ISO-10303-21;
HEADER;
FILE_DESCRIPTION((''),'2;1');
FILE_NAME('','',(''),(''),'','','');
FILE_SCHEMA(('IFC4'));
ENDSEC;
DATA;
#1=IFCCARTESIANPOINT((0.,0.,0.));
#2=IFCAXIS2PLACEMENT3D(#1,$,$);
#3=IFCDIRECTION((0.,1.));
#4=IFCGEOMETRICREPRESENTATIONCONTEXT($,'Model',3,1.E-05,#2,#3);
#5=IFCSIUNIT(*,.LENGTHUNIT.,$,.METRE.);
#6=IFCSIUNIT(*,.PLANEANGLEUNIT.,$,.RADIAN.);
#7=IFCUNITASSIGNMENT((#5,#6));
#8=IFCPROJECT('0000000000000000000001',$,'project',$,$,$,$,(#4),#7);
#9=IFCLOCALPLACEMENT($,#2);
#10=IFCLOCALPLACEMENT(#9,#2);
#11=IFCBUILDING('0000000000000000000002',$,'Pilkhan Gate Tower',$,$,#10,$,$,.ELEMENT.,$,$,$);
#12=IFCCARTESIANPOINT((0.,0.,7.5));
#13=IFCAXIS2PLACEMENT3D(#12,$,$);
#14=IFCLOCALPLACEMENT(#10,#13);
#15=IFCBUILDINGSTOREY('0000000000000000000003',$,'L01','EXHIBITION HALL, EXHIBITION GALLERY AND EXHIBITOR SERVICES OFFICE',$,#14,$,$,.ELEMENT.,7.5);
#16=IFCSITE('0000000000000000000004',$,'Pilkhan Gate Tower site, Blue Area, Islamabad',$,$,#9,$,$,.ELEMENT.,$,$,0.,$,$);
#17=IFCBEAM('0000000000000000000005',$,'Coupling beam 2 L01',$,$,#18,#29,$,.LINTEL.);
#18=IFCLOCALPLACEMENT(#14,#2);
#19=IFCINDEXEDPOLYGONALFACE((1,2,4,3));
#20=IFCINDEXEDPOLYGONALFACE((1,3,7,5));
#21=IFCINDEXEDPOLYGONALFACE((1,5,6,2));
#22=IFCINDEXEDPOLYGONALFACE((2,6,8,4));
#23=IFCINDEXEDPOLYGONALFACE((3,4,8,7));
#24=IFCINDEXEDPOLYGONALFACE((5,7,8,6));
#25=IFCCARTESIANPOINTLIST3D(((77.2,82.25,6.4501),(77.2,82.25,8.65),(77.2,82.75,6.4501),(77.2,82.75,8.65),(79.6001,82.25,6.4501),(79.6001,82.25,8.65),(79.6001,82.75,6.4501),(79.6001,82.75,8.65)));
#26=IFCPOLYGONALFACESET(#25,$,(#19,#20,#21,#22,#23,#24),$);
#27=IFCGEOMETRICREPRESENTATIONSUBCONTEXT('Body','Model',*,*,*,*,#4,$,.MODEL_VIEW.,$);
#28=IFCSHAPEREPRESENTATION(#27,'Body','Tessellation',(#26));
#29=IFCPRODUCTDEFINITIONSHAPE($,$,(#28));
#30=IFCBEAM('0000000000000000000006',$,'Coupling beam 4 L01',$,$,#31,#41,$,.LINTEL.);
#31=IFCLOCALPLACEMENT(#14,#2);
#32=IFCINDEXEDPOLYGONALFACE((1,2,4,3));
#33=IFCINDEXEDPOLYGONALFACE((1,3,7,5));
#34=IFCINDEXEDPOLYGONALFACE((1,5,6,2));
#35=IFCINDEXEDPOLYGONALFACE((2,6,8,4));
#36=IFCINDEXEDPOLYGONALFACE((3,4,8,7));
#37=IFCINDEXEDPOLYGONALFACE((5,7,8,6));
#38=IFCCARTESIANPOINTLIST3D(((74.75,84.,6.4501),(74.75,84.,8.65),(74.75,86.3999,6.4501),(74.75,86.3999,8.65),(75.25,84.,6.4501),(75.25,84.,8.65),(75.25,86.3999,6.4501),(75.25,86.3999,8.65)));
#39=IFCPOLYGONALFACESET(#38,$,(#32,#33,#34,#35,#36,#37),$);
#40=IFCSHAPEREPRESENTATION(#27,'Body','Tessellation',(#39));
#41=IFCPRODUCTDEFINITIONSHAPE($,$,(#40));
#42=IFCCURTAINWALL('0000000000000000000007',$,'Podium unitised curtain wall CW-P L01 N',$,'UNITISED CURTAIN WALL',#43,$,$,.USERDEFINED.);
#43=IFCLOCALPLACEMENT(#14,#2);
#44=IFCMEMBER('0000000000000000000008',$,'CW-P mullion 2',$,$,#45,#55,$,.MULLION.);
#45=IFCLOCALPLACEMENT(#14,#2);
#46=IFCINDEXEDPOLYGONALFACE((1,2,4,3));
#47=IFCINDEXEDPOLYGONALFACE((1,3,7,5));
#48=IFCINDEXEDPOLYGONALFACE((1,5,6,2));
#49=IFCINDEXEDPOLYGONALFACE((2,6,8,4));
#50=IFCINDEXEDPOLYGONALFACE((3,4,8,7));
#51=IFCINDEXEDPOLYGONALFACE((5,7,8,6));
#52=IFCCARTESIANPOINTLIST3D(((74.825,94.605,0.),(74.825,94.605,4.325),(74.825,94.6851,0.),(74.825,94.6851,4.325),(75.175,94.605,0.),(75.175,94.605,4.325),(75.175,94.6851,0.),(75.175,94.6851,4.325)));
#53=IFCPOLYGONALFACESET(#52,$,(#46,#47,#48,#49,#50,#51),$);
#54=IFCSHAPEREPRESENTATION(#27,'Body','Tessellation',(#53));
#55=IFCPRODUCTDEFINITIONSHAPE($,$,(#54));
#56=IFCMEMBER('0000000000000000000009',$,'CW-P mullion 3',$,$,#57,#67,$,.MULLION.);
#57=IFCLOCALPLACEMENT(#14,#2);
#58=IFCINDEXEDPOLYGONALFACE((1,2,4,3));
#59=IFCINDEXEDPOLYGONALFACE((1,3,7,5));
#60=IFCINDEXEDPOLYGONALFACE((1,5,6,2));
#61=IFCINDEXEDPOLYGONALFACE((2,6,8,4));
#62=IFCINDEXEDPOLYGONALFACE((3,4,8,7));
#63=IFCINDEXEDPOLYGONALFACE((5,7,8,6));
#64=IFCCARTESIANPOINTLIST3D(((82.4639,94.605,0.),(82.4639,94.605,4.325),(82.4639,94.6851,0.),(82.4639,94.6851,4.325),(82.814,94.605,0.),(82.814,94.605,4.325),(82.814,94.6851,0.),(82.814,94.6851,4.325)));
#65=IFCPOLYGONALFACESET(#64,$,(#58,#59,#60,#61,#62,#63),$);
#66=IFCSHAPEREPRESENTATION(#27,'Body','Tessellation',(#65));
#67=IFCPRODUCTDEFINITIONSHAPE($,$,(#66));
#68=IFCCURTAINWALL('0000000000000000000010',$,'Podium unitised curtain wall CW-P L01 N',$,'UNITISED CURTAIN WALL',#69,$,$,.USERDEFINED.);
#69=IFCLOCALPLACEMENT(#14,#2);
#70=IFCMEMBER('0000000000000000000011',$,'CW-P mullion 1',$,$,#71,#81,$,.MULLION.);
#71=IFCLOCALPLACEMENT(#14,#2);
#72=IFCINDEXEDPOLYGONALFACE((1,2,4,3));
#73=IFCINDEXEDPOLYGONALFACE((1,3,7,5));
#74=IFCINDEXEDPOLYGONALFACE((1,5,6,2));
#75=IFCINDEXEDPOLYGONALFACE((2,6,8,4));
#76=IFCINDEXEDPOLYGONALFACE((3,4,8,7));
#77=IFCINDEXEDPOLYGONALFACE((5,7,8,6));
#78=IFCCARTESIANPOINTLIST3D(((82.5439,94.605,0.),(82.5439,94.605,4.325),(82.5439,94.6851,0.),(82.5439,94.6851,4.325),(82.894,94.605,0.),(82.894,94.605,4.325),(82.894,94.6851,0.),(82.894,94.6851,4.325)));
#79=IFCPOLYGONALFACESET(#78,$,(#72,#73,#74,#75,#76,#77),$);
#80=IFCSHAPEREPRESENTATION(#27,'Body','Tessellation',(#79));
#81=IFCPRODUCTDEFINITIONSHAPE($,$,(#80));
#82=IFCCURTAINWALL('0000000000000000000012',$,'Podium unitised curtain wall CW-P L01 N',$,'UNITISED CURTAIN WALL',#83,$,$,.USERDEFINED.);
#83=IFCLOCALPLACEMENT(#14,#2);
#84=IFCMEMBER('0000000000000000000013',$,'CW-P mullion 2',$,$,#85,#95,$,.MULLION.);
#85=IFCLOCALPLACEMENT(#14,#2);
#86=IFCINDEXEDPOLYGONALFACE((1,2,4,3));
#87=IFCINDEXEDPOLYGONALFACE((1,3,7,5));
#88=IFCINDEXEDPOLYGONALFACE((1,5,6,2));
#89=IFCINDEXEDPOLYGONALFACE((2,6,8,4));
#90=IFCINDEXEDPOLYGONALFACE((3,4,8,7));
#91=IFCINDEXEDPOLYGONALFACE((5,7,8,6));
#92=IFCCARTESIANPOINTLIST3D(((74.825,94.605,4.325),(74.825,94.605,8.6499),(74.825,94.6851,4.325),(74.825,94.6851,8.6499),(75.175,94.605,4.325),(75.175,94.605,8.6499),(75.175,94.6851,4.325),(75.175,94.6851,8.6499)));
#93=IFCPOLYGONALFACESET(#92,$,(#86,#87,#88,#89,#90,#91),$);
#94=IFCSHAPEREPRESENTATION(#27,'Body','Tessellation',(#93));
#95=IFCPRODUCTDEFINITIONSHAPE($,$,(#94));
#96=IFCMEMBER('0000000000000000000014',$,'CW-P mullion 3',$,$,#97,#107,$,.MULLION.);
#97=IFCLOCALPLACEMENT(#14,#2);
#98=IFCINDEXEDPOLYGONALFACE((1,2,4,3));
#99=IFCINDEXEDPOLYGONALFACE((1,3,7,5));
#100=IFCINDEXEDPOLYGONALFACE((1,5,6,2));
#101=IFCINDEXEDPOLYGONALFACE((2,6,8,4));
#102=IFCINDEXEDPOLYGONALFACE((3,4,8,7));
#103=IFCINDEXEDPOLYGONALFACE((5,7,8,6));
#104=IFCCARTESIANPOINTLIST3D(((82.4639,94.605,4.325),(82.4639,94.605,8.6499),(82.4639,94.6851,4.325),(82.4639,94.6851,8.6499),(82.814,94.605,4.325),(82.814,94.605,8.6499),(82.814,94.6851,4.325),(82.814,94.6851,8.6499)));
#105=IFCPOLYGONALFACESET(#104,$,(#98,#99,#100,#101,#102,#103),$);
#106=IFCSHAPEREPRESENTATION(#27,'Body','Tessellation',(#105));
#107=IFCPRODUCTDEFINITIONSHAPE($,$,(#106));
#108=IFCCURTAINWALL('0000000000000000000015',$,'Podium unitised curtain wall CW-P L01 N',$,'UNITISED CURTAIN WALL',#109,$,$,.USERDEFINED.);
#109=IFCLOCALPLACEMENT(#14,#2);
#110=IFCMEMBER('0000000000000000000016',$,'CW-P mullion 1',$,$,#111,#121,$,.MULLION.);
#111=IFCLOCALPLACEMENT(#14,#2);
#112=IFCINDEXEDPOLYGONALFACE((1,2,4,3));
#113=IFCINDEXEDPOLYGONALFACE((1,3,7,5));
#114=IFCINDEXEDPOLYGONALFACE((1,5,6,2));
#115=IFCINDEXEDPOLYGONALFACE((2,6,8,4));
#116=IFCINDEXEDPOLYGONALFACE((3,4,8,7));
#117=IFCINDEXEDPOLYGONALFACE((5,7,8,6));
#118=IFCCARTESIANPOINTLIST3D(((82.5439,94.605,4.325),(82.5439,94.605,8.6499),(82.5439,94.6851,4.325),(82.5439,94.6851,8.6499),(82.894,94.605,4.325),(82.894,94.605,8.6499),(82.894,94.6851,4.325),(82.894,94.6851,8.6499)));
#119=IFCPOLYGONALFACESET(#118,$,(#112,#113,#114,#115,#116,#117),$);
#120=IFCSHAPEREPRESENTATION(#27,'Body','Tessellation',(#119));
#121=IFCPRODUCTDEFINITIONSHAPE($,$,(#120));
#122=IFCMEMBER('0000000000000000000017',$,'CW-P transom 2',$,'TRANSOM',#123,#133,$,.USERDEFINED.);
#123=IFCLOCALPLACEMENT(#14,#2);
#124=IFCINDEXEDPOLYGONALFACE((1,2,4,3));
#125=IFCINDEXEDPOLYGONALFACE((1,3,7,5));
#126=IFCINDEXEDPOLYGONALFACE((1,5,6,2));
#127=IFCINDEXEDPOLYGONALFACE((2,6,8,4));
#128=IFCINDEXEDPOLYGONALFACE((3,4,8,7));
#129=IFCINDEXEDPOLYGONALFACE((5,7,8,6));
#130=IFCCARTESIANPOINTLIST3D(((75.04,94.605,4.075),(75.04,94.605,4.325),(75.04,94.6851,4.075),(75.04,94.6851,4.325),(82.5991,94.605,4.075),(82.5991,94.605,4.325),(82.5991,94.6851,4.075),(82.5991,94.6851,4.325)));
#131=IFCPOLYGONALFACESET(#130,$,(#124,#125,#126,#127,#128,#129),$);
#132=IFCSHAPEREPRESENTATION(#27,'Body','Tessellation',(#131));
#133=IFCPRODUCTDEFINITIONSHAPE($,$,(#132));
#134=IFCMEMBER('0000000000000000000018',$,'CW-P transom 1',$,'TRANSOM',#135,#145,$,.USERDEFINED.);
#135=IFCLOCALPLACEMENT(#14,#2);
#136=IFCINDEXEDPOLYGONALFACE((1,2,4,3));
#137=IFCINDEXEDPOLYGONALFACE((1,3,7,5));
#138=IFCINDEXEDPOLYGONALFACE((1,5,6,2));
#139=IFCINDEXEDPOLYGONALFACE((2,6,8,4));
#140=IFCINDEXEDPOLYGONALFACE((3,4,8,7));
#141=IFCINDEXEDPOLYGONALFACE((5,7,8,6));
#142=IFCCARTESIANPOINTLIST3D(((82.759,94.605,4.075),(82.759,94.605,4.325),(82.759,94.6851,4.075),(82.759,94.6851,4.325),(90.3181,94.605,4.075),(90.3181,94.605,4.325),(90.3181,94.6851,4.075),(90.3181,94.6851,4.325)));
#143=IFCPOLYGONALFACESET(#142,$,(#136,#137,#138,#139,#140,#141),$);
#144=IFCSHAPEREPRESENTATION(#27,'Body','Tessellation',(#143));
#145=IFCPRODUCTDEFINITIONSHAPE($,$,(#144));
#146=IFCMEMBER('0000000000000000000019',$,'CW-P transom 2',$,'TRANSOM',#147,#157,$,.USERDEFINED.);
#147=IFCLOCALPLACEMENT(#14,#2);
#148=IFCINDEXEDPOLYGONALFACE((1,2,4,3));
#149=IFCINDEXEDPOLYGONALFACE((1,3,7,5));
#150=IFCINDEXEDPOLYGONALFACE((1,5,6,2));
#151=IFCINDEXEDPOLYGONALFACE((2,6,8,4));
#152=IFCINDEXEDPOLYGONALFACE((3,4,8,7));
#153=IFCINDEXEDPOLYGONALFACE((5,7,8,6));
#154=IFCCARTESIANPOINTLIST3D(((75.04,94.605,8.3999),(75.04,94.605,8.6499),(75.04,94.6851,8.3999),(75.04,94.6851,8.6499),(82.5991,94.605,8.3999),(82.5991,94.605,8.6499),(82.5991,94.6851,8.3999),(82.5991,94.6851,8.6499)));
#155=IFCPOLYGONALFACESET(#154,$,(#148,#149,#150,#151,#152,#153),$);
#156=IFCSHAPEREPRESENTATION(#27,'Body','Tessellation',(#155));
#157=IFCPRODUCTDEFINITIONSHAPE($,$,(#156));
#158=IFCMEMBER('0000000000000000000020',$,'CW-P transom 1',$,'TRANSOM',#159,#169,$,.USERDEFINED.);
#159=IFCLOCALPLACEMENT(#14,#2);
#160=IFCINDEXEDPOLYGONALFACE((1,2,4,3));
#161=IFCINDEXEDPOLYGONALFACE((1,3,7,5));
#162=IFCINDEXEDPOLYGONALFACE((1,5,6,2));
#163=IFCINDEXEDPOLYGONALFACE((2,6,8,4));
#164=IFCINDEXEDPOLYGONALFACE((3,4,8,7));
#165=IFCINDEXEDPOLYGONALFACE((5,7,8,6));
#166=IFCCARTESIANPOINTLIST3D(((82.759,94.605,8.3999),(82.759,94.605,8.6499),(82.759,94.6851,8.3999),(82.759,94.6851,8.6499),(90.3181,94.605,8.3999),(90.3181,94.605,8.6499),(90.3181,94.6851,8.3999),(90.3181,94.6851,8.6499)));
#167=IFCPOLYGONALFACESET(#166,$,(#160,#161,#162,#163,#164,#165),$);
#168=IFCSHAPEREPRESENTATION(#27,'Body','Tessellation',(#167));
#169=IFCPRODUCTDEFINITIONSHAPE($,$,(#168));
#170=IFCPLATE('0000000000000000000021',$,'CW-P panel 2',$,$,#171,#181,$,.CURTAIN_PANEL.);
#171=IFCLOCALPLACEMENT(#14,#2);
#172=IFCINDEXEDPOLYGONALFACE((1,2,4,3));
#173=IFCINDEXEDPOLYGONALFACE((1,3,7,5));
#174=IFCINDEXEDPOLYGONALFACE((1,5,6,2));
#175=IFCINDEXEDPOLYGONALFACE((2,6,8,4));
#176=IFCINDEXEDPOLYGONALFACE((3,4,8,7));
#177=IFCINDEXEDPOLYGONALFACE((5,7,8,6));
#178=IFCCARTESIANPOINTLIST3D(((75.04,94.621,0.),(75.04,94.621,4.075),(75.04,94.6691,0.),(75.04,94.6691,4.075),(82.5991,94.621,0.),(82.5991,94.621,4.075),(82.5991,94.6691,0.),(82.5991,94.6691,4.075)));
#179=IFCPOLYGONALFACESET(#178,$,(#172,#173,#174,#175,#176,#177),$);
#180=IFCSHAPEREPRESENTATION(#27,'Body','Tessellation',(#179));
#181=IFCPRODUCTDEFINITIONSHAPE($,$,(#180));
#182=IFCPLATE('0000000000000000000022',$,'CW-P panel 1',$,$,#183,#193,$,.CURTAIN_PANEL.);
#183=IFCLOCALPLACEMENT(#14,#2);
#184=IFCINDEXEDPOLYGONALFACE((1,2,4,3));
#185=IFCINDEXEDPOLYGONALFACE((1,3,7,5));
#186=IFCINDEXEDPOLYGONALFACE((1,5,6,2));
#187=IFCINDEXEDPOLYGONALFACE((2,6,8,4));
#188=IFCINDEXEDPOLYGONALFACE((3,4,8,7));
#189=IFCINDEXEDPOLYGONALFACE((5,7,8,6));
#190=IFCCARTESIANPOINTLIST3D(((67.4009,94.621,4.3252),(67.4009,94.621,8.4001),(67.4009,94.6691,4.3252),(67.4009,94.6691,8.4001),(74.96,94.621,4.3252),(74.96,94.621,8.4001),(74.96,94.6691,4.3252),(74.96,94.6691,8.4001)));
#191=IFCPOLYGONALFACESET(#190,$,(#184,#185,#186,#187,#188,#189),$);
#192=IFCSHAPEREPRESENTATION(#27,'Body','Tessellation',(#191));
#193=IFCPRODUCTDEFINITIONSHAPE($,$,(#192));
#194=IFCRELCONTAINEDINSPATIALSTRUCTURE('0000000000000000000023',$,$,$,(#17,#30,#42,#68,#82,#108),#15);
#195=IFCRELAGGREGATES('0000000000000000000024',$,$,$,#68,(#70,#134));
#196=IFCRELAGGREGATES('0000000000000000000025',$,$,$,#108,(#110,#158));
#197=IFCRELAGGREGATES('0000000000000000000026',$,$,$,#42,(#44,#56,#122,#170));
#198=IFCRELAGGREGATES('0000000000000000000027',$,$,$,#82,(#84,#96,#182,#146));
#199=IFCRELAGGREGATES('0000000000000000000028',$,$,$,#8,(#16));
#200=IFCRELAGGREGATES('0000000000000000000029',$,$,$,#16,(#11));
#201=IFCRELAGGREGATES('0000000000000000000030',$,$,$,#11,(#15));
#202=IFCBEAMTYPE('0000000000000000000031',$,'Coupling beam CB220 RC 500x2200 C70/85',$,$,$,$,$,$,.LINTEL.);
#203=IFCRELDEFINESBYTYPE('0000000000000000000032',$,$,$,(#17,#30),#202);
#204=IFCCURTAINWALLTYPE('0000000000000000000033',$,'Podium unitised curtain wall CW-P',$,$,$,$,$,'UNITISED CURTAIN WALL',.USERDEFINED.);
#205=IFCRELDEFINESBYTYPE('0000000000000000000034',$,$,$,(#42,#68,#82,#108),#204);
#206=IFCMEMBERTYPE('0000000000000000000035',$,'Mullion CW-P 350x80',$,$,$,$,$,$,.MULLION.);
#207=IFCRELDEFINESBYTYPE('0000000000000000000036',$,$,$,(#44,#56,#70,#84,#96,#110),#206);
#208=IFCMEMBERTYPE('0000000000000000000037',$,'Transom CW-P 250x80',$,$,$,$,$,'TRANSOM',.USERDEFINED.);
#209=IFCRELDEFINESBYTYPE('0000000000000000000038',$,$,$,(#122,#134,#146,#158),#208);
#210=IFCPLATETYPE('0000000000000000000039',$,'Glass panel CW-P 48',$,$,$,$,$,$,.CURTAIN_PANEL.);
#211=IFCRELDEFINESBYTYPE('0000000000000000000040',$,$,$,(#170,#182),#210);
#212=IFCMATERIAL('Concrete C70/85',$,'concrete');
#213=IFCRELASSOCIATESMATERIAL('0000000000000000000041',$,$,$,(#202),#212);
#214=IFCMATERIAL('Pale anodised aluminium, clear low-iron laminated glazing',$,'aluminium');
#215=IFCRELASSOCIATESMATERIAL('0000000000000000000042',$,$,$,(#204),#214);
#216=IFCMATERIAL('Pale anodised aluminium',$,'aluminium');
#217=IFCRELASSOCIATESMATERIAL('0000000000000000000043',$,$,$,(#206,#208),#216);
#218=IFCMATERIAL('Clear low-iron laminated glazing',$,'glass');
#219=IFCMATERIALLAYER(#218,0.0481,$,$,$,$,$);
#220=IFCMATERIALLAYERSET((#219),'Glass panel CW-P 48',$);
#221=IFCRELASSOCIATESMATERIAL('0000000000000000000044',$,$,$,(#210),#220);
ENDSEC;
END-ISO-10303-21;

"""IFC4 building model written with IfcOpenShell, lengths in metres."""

from ifc_helpers import new_model, si_unit, direction, frame, origin, origin_2d, place, context, subcontext, project, spatial, rectangle, extrude, material, layer, layer_set, material_profile, profile_set, type_object, element, aggregate, save


model = new_model("IFC4")

# Units and contexts
model_context = context("Model", 3, precision=1e-05, world=origin(), true_north=direction((0.0, 1.0)))
body_context = subcontext(model_context, "Body", "Model", "MODEL_VIEW")
ifc_project = project(units=[si_unit("LENGTHUNIT", "METRE"), si_unit("PLANEANGLEUNIT", "RADIAN")], contexts=[model_context])

# Site, building, storey
site_placement = place(None, origin())
site = spatial("IfcSite", under=ifc_project, at=site_placement, Name="Pilkhan Gate Tower site, Blue Area, Islamabad", CompositionType="ELEMENT", RefElevation=0.0)
building_placement = place(site_placement, origin())
building = spatial("IfcBuilding", under=site, at=building_placement, Name="Pilkhan Gate Tower", CompositionType="ELEMENT")
storey_placement = place(building_placement, frame((0.0, 0.0, 7.5)))
storey = spatial("IfcBuildingStorey", under=building, at=storey_placement, Name="L01", Description="EXHIBITION HALL, EXHIBITION GALLERY AND EXHIBITOR SERVICES OFFICE", CompositionType="ELEMENT", Elevation=7.5)

# Beams
ifc_material_1 = material(Name="Concrete C70/85", Category="concrete")
ifc_material_profile_1 = material_profile(ifc_material_1, rectangle(XDim=0.5, YDim=2.2, at=origin_2d()), Name="RC 500x2200")
ifc_profile_set_1 = profile_set([ifc_material_profile_1], Name="Concrete C70/85")
beam_type = type_object("IfcBeamType", Name="Coupling beam CB220 RC 500x2200 C70/85", PredefinedType="LINTEL", material=ifc_profile_set_1)
beam_1_placement = place(storey_placement, frame((77.2, 82.5, 7.55), z_axis=(1.0, 0.0, 0.0), x_axis=(0.0, 1.0, 0.0)))
element("IfcBeam", 1, at=beam_1_placement, inside=storey, type_object=beam_type, Name="Coupling beam 2 L01", PredefinedType="LINTEL", context=body_context, shape_type="SweptSolid", body=[
    extrude(rectangle(XDim=0.5, YDim=2.2, at=origin_2d()), origin(), (0.0, 0.0, 1.0), 2.4001),
])
beam_2_placement = place(storey_placement, frame((75.0, 84.0, 7.55), z_axis=(0.0, 1.0, 0.0), x_axis=(-1.0, 0.0, 0.0)))
element("IfcBeam", 2, at=beam_2_placement, inside=storey, type_object=beam_type, Name="Coupling beam 4 L01", PredefinedType="LINTEL", context=body_context, shape_type="SweptSolid", body=[
    extrude(rectangle(XDim=0.5, YDim=2.2, at=origin_2d()), origin(), (0.0, 0.0, 1.0), 2.3999),
])

# Curtain wall, members
ifc_material_2 = material(Name="Pale anodised aluminium, clear low-iron laminated glazing", Category="aluminium")
curtain_wall_type = type_object("IfcCurtainWallType", Name="Podium unitised curtain wall CW-P", ElementType="UNITISED CURTAIN WALL", PredefinedType="USERDEFINED", material=ifc_material_2)
curtain_wall_1_placement = place(storey_placement, origin())
curtain_wall_1 = element("IfcCurtainWall", 3, at=curtain_wall_1_placement, inside=storey, type_object=curtain_wall_type, Name="Podium unitised curtain wall CW-P L01 N", ObjectType="UNITISED CURTAIN WALL", PredefinedType="USERDEFINED")
ifc_material_3 = material(Name="Pale anodised aluminium", Category="aluminium")
ifc_material_profile_2 = material_profile(ifc_material_3, rectangle(XDim=0.0801, YDim=0.3501, at=origin_2d()), Name="Mullion 350x80")
ifc_profile_set_2 = profile_set([ifc_material_profile_2], Name="Pale anodised aluminium")
member_type_1 = type_object("IfcMemberType", Name="Mullion CW-P 350x80", PredefinedType="MULLION", material=ifc_profile_set_2)
member_1_placement = place(storey_placement, frame((75.0, 94.645, 0.0), z_axis=(0.0, 0.0, 1.0), x_axis=(0.0, 1.0, 0.0)))
member_1 = element("IfcMember", 4, at=member_1_placement, type_object=member_type_1, Name="CW-P mullion 2", PredefinedType="MULLION", context=body_context, shape_type="SweptSolid", body=[
    extrude(rectangle(XDim=0.0801, YDim=0.3501, at=origin_2d()), origin(), (0.0, 0.0, 1.0), 4.325),
])
member_2_placement = place(storey_placement, frame((82.6389, 94.645, 0.0), z_axis=(0.0, 0.0, 1.0), x_axis=(0.0, 1.0, 0.0)))
member_2 = element("IfcMember", 5, at=member_2_placement, type_object=member_type_1, Name="CW-P mullion 3", PredefinedType="MULLION", context=body_context, shape_type="SweptSolid", body=[
    extrude(rectangle(XDim=0.0801, YDim=0.3501, at=origin_2d()), origin(), (0.0, 0.0, 1.0), 4.325),
])

# Curtain wall, member
curtain_wall_2_placement = place(storey_placement, origin())
curtain_wall_2 = element("IfcCurtainWall", 6, at=curtain_wall_2_placement, inside=storey, type_object=curtain_wall_type, Name="Podium unitised curtain wall CW-P L01 N", ObjectType="UNITISED CURTAIN WALL", PredefinedType="USERDEFINED")
member_3_placement = place(storey_placement, frame((82.719, 94.645, 0.0), z_axis=(0.0, 0.0, 1.0), x_axis=(0.0, 1.0, 0.0)))
member_3 = element("IfcMember", 7, at=member_3_placement, type_object=member_type_1, Name="CW-P mullion 1", PredefinedType="MULLION", context=body_context, shape_type="SweptSolid", body=[
    extrude(rectangle(XDim=0.0801, YDim=0.3501, at=origin_2d()), origin(), (0.0, 0.0, 1.0), 4.325),
])

# Curtain wall, members
curtain_wall_3_placement = place(storey_placement, origin())
curtain_wall_3 = element("IfcCurtainWall", 8, at=curtain_wall_3_placement, inside=storey, type_object=curtain_wall_type, Name="Podium unitised curtain wall CW-P L01 N", ObjectType="UNITISED CURTAIN WALL", PredefinedType="USERDEFINED")
member_4_placement = place(storey_placement, frame((75.0, 94.645, 4.325), z_axis=(0.0, 0.0, 1.0), x_axis=(0.0, 1.0, 0.0)))
member_4 = element("IfcMember", 9, at=member_4_placement, type_object=member_type_1, Name="CW-P mullion 2", PredefinedType="MULLION", context=body_context, shape_type="SweptSolid", body=[
    extrude(rectangle(XDim=0.0801, YDim=0.3501, at=origin_2d()), origin(), (0.0, 0.0, 1.0), 4.325),
])
member_5_placement = place(storey_placement, frame((82.6389, 94.645, 4.325), z_axis=(0.0, 0.0, 1.0), x_axis=(0.0, 1.0, 0.0)))
member_5 = element("IfcMember", 10, at=member_5_placement, type_object=member_type_1, Name="CW-P mullion 3", PredefinedType="MULLION", context=body_context, shape_type="SweptSolid", body=[
    extrude(rectangle(XDim=0.0801, YDim=0.3501, at=origin_2d()), origin(), (0.0, 0.0, 1.0), 4.325),
])

# Curtain wall, member
curtain_wall_4_placement = place(storey_placement, origin())
curtain_wall_4 = element("IfcCurtainWall", 11, at=curtain_wall_4_placement, inside=storey, type_object=curtain_wall_type, Name="Podium unitised curtain wall CW-P L01 N", ObjectType="UNITISED CURTAIN WALL", PredefinedType="USERDEFINED")
member_6_placement = place(storey_placement, frame((82.719, 94.645, 4.325), z_axis=(0.0, 0.0, 1.0), x_axis=(0.0, 1.0, 0.0)))
member_6 = element("IfcMember", 12, at=member_6_placement, type_object=member_type_1, Name="CW-P mullion 1", PredefinedType="MULLION", context=body_context, shape_type="SweptSolid", body=[
    extrude(rectangle(XDim=0.0801, YDim=0.3501, at=origin_2d()), origin(), (0.0, 0.0, 1.0), 4.325),
])

# Members
ifc_material_profile_3 = material_profile(ifc_material_3, rectangle(XDim=0.0801, YDim=0.25, at=origin_2d()), Name="Transom 250x80")
ifc_profile_set_3 = profile_set([ifc_material_profile_3], Name="Pale anodised aluminium")
member_type_2 = type_object("IfcMemberType", Name="Transom CW-P 250x80", ElementType="TRANSOM", PredefinedType="USERDEFINED", material=ifc_profile_set_3)
member_7_placement = place(storey_placement, frame((75.04, 94.645, 4.2), z_axis=(1.0, 0.0, 0.0), x_axis=(0.0, 1.0, 0.0)))
member_7 = element("IfcMember", 13, at=member_7_placement, type_object=member_type_2, Name="CW-P transom 2", ObjectType="TRANSOM", PredefinedType="USERDEFINED", context=body_context, shape_type="SweptSolid", body=[
    extrude(rectangle(XDim=0.0801, YDim=0.25, at=origin_2d()), origin(), (0.0, 0.0, 1.0), 7.5591),
])
member_8_placement = place(storey_placement, frame((82.759, 94.645, 4.2), z_axis=(1.0, 0.0, 0.0), x_axis=(0.0, 1.0, 0.0)))
member_8 = element("IfcMember", 14, at=member_8_placement, type_object=member_type_2, Name="CW-P transom 1", ObjectType="TRANSOM", PredefinedType="USERDEFINED", context=body_context, shape_type="SweptSolid", body=[
    extrude(rectangle(XDim=0.0801, YDim=0.25, at=origin_2d()), origin(), (0.0, 0.0, 1.0), 7.5591),
])
aggregate(curtain_wall_2, [member_3, member_8])
member_9_placement = place(storey_placement, frame((75.04, 94.645, 8.5249), z_axis=(1.0, 0.0, 0.0), x_axis=(0.0, 1.0, 0.0)))
member_9 = element("IfcMember", 15, at=member_9_placement, type_object=member_type_2, Name="CW-P transom 2", ObjectType="TRANSOM", PredefinedType="USERDEFINED", context=body_context, shape_type="SweptSolid", body=[
    extrude(rectangle(XDim=0.0801, YDim=0.25, at=origin_2d()), origin(), (0.0, 0.0, 1.0), 7.5591),
])
member_10_placement = place(storey_placement, frame((82.759, 94.645, 8.5249), z_axis=(1.0, 0.0, 0.0), x_axis=(0.0, 1.0, 0.0)))
member_10 = element("IfcMember", 16, at=member_10_placement, type_object=member_type_2, Name="CW-P transom 1", ObjectType="TRANSOM", PredefinedType="USERDEFINED", context=body_context, shape_type="SweptSolid", body=[
    extrude(rectangle(XDim=0.0801, YDim=0.25, at=origin_2d()), origin(), (0.0, 0.0, 1.0), 7.5591),
])
aggregate(curtain_wall_4, [member_6, member_10])

# Plates
ifc_material_4 = material(Name="Clear low-iron laminated glazing", Category="glass")
ifc_layer_1 = layer(ifc_material_4, 0.0481)
ifc_layer_set_1 = layer_set([ifc_layer_1], Name="Glass panel CW-P 48")
plate_type = type_object("IfcPlateType", Name="Glass panel CW-P 48", PredefinedType="CURTAIN_PANEL", material=ifc_layer_set_1)
plate_1_placement = place(storey_placement, frame((78.8196, 94.645, 0.0), z_axis=(0.0, 0.0, 1.0), x_axis=(1.0, 0.0, 0.0)))
plate_1 = element("IfcPlate", 17, at=plate_1_placement, type_object=plate_type, Name="CW-P panel 2", PredefinedType="CURTAIN_PANEL", context=body_context, shape_type="SweptSolid", body=[
    extrude(rectangle(XDim=7.5591, YDim=0.0481, at=origin_2d()), origin(), (0.0, 0.0, 1.0), 4.075),
])
aggregate(curtain_wall_1, [member_1, member_2, member_7, plate_1])
plate_2_placement = place(storey_placement, frame((71.1804, 94.645, 4.3252), z_axis=(0.0, 0.0, 1.0), x_axis=(1.0, 0.0, 0.0)))
plate_2 = element("IfcPlate", 18, at=plate_2_placement, type_object=plate_type, Name="CW-P panel 1", PredefinedType="CURTAIN_PANEL", context=body_context, shape_type="SweptSolid", body=[
    extrude(rectangle(XDim=7.5591, YDim=0.0481, at=origin_2d()), origin(), (0.0, 0.0, 1.0), 4.075),
])
aggregate(curtain_wall_3, [member_4, member_5, plate_2, member_9])

save(model, "model.ifc")
